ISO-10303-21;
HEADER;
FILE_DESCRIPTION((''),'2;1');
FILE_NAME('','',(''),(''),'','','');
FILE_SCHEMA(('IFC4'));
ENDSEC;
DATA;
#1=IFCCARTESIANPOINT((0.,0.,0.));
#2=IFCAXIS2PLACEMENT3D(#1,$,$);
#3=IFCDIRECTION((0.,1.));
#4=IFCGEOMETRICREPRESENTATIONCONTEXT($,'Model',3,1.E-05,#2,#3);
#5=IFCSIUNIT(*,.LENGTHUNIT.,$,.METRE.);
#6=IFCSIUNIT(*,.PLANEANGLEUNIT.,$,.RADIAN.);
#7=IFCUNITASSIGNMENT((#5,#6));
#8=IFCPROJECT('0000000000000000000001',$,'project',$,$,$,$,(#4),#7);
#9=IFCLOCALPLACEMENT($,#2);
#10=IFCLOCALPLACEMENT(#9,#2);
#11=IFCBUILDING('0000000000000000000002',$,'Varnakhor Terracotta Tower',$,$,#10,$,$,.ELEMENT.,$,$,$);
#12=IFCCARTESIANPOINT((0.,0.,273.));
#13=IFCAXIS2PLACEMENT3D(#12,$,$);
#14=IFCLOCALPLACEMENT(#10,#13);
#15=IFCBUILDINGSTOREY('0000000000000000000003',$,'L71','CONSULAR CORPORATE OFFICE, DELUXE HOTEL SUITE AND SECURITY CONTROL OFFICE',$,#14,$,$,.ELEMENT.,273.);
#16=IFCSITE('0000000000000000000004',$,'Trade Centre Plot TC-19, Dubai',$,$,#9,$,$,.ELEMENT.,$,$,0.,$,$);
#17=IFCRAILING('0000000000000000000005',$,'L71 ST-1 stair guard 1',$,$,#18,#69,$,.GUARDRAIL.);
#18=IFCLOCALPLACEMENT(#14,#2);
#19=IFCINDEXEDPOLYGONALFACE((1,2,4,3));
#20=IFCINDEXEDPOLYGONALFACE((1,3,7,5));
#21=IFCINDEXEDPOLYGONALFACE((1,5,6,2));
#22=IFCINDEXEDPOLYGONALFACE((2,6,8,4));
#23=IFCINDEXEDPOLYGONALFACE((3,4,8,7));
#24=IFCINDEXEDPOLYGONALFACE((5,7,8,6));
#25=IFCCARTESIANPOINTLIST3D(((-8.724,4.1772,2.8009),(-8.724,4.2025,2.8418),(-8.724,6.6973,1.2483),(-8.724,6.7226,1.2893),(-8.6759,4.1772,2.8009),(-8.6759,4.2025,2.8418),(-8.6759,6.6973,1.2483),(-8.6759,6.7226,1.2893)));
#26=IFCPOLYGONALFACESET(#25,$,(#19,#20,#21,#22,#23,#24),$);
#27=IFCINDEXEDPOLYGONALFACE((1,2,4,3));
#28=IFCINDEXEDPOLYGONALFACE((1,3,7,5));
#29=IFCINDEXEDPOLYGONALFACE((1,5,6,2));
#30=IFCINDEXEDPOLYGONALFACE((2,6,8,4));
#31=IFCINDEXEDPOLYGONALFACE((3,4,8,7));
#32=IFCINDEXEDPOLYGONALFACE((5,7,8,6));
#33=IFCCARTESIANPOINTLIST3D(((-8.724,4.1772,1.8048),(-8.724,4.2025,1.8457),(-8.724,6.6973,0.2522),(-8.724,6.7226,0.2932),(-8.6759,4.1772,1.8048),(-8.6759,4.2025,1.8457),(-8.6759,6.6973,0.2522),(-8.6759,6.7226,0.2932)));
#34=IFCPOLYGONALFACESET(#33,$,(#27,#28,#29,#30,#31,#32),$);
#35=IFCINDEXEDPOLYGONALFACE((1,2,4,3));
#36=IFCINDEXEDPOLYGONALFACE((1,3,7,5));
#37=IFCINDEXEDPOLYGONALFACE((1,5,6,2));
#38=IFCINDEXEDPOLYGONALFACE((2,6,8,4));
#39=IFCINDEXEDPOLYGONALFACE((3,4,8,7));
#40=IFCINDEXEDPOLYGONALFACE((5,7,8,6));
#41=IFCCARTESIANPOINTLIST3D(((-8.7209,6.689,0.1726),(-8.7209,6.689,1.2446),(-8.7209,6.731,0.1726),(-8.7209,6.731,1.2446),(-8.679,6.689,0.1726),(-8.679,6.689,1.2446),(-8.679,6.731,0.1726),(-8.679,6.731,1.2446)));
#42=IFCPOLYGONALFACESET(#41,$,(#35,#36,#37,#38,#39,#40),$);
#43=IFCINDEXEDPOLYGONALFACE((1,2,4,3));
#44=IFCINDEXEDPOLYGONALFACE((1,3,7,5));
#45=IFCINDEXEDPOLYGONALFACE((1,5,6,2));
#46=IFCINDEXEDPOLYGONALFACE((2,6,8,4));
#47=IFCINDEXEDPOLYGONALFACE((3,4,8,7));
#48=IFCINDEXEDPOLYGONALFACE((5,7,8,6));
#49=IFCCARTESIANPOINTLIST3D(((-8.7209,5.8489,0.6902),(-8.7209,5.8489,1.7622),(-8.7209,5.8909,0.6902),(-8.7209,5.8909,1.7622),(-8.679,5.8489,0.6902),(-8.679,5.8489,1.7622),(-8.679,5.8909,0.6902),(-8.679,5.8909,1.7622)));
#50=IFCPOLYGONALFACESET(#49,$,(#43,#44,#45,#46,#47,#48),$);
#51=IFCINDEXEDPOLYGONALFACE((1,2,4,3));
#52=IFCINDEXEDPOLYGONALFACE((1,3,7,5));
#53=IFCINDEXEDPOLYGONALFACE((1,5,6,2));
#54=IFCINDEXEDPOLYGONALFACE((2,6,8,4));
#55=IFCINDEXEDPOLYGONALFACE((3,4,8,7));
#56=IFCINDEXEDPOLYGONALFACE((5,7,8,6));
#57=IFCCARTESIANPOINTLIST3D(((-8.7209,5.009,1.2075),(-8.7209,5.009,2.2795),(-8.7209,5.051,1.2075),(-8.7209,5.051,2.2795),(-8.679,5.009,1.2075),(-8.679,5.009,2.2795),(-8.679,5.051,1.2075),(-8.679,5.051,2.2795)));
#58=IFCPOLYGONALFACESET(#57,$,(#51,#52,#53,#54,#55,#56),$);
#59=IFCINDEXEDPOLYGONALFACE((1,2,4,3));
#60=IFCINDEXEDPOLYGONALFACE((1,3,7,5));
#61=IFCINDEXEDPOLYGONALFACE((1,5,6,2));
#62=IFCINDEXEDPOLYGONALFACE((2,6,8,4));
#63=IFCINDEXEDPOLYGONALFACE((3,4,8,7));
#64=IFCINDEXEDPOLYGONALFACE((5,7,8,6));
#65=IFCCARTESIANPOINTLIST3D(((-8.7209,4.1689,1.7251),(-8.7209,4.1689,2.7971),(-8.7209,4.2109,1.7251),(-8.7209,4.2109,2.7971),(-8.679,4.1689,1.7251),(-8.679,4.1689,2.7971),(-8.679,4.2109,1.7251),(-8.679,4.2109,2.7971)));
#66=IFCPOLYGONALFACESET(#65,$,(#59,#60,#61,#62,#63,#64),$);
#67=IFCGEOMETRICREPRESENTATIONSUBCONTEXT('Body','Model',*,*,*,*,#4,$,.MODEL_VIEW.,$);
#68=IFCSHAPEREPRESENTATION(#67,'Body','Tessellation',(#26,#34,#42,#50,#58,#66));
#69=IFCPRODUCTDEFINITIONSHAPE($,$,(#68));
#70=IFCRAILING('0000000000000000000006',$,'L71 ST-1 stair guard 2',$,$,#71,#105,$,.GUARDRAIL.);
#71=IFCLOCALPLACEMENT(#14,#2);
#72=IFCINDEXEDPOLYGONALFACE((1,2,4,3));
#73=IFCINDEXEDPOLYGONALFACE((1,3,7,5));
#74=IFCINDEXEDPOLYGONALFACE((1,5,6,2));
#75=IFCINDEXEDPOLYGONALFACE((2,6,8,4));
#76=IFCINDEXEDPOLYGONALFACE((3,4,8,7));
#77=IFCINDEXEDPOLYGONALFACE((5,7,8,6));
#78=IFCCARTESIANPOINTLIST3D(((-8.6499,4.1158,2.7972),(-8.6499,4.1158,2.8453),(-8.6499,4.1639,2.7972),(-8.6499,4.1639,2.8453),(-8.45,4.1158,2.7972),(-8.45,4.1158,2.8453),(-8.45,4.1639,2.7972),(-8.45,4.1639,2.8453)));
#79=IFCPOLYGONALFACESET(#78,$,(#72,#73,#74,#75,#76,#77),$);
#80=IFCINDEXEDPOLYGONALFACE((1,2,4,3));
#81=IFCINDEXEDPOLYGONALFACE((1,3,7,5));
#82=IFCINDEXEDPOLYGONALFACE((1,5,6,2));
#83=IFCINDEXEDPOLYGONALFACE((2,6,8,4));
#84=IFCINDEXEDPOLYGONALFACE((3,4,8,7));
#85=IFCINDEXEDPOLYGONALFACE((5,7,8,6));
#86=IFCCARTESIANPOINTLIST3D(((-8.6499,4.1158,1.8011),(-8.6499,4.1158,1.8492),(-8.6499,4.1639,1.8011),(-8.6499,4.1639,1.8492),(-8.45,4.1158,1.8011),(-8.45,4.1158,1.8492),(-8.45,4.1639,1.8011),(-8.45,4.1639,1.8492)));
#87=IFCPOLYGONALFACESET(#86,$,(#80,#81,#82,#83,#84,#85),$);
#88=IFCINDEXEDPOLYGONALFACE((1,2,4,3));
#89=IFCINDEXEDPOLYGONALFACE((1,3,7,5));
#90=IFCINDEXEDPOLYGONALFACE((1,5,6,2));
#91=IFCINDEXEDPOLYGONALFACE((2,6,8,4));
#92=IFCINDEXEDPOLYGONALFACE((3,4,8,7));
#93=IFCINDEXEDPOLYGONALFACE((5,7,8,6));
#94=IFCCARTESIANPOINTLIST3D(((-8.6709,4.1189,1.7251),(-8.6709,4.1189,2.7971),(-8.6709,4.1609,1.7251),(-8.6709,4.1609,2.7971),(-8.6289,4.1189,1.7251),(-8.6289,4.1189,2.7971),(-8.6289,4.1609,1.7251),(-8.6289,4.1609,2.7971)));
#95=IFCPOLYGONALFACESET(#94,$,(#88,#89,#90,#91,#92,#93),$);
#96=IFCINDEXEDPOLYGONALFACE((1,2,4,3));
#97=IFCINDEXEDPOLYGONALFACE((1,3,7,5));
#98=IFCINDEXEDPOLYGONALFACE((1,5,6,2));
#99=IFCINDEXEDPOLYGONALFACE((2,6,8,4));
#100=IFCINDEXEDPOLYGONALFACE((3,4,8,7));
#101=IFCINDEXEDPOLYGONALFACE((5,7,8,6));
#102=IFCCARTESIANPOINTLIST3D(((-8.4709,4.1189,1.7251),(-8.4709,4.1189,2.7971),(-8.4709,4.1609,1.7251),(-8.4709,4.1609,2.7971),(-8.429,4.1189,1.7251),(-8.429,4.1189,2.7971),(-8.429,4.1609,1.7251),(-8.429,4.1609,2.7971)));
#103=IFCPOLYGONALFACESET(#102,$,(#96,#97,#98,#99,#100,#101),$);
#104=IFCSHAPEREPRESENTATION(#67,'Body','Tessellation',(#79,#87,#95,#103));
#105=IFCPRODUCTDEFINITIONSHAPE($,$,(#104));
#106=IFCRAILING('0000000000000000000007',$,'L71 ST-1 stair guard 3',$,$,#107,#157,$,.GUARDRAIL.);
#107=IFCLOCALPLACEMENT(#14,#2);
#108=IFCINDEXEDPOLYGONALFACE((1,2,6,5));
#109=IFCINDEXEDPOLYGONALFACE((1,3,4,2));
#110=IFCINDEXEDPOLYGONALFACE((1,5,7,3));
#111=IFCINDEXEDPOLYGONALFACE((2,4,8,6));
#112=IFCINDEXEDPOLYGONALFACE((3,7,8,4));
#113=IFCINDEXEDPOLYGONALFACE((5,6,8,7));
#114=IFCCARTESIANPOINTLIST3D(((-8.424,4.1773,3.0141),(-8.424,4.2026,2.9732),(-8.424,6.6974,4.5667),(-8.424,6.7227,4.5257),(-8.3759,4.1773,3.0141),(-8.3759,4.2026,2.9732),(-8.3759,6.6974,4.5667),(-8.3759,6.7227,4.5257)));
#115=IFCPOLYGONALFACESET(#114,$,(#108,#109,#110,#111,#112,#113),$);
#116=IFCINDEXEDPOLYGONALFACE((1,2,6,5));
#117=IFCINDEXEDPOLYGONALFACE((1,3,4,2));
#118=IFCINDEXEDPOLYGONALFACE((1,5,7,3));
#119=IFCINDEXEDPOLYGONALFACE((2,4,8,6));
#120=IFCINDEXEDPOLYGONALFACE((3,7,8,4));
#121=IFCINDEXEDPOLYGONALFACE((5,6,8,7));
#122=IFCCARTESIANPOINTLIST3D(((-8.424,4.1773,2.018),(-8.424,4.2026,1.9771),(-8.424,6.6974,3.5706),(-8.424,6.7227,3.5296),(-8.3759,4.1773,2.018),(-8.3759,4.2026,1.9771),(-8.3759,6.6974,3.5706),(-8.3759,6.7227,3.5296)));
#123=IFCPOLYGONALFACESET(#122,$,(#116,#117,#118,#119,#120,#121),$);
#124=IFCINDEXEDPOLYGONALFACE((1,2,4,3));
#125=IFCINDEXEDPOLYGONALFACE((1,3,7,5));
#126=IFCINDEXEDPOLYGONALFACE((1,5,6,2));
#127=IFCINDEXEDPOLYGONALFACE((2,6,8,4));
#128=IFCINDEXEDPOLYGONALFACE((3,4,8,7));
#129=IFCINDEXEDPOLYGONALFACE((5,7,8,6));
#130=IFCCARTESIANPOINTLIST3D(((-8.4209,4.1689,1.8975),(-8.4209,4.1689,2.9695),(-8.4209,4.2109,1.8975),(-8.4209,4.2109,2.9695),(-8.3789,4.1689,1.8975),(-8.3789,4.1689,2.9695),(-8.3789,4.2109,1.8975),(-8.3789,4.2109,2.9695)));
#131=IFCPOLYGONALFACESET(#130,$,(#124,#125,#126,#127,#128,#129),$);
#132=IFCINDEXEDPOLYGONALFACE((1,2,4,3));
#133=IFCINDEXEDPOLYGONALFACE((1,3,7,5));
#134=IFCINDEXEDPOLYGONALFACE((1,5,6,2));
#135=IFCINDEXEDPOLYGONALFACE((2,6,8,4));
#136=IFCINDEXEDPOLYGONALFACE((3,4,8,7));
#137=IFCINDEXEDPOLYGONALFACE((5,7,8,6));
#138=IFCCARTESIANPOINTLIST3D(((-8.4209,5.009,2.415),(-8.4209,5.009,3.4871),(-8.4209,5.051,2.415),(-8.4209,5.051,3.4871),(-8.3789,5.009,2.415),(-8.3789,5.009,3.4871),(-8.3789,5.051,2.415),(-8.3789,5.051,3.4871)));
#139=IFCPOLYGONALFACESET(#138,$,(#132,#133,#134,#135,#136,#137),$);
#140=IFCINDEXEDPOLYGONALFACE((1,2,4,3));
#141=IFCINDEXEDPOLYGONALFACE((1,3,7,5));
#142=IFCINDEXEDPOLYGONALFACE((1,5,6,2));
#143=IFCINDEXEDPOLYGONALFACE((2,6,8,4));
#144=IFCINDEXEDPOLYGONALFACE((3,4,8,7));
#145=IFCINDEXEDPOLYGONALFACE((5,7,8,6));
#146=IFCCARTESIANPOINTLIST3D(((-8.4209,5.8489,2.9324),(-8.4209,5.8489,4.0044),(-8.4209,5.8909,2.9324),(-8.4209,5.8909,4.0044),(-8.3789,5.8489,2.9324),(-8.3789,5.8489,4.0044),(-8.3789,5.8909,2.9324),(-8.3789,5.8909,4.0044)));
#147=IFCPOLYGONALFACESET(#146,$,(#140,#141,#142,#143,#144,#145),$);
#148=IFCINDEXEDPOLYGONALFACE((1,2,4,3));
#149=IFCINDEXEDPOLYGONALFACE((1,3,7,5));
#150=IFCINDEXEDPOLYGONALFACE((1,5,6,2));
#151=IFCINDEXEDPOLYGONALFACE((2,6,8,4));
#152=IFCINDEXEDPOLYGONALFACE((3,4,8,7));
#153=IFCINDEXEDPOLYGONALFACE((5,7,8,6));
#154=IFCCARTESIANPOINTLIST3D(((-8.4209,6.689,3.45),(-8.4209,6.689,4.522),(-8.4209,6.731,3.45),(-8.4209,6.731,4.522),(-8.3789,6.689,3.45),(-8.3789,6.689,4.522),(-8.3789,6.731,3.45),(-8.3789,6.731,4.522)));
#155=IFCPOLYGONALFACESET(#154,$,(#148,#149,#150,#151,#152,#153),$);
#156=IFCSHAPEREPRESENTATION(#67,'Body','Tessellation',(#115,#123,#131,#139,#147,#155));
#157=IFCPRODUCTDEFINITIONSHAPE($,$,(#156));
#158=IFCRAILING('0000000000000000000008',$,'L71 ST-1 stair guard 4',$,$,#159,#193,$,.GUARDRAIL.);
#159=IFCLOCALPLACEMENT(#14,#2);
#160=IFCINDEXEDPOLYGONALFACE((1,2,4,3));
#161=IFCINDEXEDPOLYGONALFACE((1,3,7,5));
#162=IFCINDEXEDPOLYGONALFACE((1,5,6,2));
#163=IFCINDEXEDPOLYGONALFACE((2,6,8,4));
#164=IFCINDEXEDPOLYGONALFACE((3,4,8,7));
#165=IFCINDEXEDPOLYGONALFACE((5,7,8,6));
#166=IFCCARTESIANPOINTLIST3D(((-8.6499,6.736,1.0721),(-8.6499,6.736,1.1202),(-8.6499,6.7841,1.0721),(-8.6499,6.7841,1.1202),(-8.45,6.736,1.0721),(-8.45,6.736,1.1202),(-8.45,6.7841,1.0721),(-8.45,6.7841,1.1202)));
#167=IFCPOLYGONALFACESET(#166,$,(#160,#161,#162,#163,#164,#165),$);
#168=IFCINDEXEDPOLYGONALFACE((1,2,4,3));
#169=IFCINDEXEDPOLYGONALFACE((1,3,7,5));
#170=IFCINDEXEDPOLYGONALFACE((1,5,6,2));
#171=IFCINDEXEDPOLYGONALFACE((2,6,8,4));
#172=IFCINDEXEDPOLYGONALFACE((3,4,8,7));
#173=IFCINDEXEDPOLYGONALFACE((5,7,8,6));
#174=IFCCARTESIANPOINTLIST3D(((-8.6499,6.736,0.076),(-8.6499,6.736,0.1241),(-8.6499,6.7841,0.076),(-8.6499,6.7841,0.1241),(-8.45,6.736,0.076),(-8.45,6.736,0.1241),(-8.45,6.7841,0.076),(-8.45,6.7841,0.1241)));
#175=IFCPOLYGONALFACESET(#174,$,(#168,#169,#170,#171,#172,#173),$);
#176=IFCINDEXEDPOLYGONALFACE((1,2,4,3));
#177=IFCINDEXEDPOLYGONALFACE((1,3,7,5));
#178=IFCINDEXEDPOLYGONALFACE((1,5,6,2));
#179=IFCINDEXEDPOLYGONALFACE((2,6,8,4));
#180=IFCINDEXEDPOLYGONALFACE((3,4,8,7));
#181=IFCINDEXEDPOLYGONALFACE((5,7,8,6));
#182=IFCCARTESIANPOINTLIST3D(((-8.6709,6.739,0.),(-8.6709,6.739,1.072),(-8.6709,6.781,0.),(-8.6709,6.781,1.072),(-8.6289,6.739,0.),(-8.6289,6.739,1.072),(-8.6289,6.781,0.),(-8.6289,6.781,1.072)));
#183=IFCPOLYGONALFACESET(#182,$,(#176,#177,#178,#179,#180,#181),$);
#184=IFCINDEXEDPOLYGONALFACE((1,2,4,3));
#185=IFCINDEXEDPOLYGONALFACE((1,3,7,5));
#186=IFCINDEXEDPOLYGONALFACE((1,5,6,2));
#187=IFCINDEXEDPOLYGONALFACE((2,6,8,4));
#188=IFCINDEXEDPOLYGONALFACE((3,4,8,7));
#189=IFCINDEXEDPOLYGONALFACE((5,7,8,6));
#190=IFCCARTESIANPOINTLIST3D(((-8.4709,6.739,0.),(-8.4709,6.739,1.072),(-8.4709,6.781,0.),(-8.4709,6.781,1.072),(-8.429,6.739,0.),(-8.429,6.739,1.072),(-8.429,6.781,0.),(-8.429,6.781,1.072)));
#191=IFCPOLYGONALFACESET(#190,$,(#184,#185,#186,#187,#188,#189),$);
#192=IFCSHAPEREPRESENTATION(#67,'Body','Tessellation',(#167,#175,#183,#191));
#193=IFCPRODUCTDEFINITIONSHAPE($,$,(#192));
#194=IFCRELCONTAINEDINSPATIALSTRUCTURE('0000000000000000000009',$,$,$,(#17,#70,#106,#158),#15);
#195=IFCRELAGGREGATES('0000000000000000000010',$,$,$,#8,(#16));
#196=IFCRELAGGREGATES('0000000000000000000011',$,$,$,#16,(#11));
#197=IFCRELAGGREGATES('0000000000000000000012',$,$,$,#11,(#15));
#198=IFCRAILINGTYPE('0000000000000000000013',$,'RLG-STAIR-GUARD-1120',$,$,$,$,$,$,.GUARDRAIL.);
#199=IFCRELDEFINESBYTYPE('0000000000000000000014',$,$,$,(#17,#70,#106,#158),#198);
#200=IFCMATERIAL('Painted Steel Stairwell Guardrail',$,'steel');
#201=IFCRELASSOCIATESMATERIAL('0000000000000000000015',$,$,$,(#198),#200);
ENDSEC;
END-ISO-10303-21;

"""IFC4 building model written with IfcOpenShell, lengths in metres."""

from ifc_helpers import new_model, si_unit, direction, frame, origin, origin_2d, place, context, subcontext, project, spatial, rectangle, extrude, material, type_object, element, save


model = new_model("IFC4")

# Units and contexts
model_context = context("Model", 3, precision=1e-05, world=origin(), true_north=direction((0.0, 1.0)))
body_context = subcontext(model_context, "Body", "Model", "MODEL_VIEW")
ifc_project = project(units=[si_unit("LENGTHUNIT", "METRE"), si_unit("PLANEANGLEUNIT", "RADIAN")], contexts=[model_context])

# Site, building, storey
site_placement = place(None, origin())
site = spatial("IfcSite", under=ifc_project, at=site_placement, Name="Trade Centre Plot TC-19, Dubai", CompositionType="ELEMENT", RefElevation=0.0)
building_placement = place(site_placement, origin())
building = spatial("IfcBuilding", under=site, at=building_placement, Name="Varnakhor Terracotta Tower", CompositionType="ELEMENT")
storey_placement = place(building_placement, frame((0.0, 0.0, 273.0)))
storey = spatial("IfcBuildingStorey", under=building, at=storey_placement, Name="L71", Description="CONSULAR CORPORATE OFFICE, DELUXE HOTEL SUITE AND SECURITY CONTROL OFFICE", CompositionType="ELEMENT", Elevation=273.0)

# Railings
ifc_material_1 = material(Name="Painted Steel Stairwell Guardrail", Category="steel")
railing_type_1 = type_object("IfcRailingType", Name="RLG-STAIR-GUARD-1120", PredefinedType="GUARDRAIL", material=ifc_material_1)
railing_1_placement = place(storey_placement, frame((-8.7, 6.71, 0.1726)))
element("IfcRailing", 1, at=railing_1_placement, inside=storey, type_object=railing_type_1, Name="L71 ST-1 stair guard 1", PredefinedType="GUARDRAIL", context=body_context, shape_type="SweptSolid", body=[
    extrude(rectangle(XDim=0.0481, YDim=0.0481, at=origin_2d()), frame((0.0, 0.0, 1.0962), z_axis=(0.0, -0.8514, 0.524516), x_axis=(1.0, 0.0, 0.0)), (0.0, 0.0, 1.0), 2.96),
    extrude(rectangle(XDim=0.0481, YDim=0.0481, at=origin_2d()), frame((0.0, 0.0, 0.1001), z_axis=(0.0, -0.8514, 0.524516), x_axis=(1.0, 0.0, 0.0)), (0.0, 0.0, 1.0), 2.96),
    extrude(rectangle(XDim=0.042, YDim=0.042, at=origin_2d()), origin(), (0.0, 0.0, 1.0), 1.072),
    extrude(rectangle(XDim=0.042, YDim=0.042, at=origin_2d()), frame((0.0, -0.8401, 0.5176)), (0.0, 0.0, 1.0), 1.072),
    extrude(rectangle(XDim=0.042, YDim=0.042, at=origin_2d()), frame((0.0, -1.6799, 1.0349)), (0.0, 0.0, 1.0), 1.072),
    extrude(rectangle(XDim=0.042, YDim=0.042, at=origin_2d()), frame((0.0, -2.52, 1.5525)), (0.0, 0.0, 1.0), 1.072),
])
railing_2_placement = place(storey_placement, frame((-8.6499, 4.1399, 1.7251)))
element("IfcRailing", 2, at=railing_2_placement, inside=storey, type_object=railing_type_1, Name="L71 ST-1 stair guard 2", PredefinedType="GUARDRAIL", context=body_context, shape_type="SweptSolid", body=[
    extrude(rectangle(XDim=0.0481, YDim=0.0481, at=origin_2d()), frame((0.0, 0.0, 1.0962), z_axis=(1.0, 0.0, 0.0), x_axis=(0.0, 1.0, 0.0)), (0.0, 0.0, 1.0), 0.2),
    extrude(rectangle(XDim=0.0481, YDim=0.0481, at=origin_2d()), frame((0.0, 0.0, 0.1001), z_axis=(1.0, 0.0, 0.0), x_axis=(0.0, 1.0, 0.0)), (0.0, 0.0, 1.0), 0.2),
    extrude(rectangle(XDim=0.042, YDim=0.042, at=origin_2d()), origin(), (0.0, 0.0, 1.0), 1.072),
    extrude(rectangle(XDim=0.042, YDim=0.042, at=origin_2d()), frame((0.2, 0.0, 0.0)), (0.0, 0.0, 1.0), 1.072),
])
railing_3_placement = place(storey_placement, frame((-8.3999, 4.1899, 1.8975)))
element("IfcRailing", 3, at=railing_3_placement, inside=storey, type_object=railing_type_1, Name="L71 ST-1 stair guard 3", PredefinedType="GUARDRAIL", context=body_context, shape_type="SweptSolid", body=[
    extrude(rectangle(XDim=0.0481, YDim=0.0481, at=origin_2d()), frame((0.0, 0.0, 1.0962), z_axis=(0.0, 0.8514, 0.524516), x_axis=(-1.0, 0.0, 0.0)), (0.0, 0.0, 1.0), 2.96),
    extrude(rectangle(XDim=0.0481, YDim=0.0481, at=origin_2d()), frame((0.0, 0.0, 0.1001), z_axis=(0.0, 0.8514, 0.524516), x_axis=(-1.0, 0.0, 0.0)), (0.0, 0.0, 1.0), 2.96),
    extrude(rectangle(XDim=0.042, YDim=0.042, at=origin_2d()), origin(), (0.0, 0.0, 1.0), 1.072),
    extrude(rectangle(XDim=0.042, YDim=0.042, at=origin_2d()), frame((0.0, 0.8401, 0.5176)), (0.0, 0.0, 1.0), 1.072),
    extrude(rectangle(XDim=0.042, YDim=0.042, at=origin_2d()), frame((0.0, 1.6799, 1.0349)), (0.0, 0.0, 1.0), 1.072),
    extrude(rectangle(XDim=0.042, YDim=0.042, at=origin_2d()), frame((0.0, 2.52, 1.5525)), (0.0, 0.0, 1.0), 1.072),
])
railing_4_placement = place(storey_placement, frame((-8.6499, 6.76, 0.0)))
element("IfcRailing", 4, at=railing_4_placement, inside=storey, type_object=railing_type_1, Name="L71 ST-1 stair guard 4", PredefinedType="GUARDRAIL", context=body_context, shape_type="SweptSolid", body=[
    extrude(rectangle(XDim=0.0481, YDim=0.0481, at=origin_2d()), frame((0.0, 0.0, 1.0962), z_axis=(1.0, 0.0, 0.0), x_axis=(0.0, 1.0, 0.0)), (0.0, 0.0, 1.0), 0.2),
    extrude(rectangle(XDim=0.0481, YDim=0.0481, at=origin_2d()), frame((0.0, 0.0, 0.1001), z_axis=(1.0, 0.0, 0.0), x_axis=(0.0, 1.0, 0.0)), (0.0, 0.0, 1.0), 0.2),
    extrude(rectangle(XDim=0.042, YDim=0.042, at=origin_2d()), origin(), (0.0, 0.0, 1.0), 1.072),
    extrude(rectangle(XDim=0.042, YDim=0.042, at=origin_2d()), frame((0.2, 0.0, 0.0)), (0.0, 0.0, 1.0), 1.072),
])

save(model, "model.ifc")
